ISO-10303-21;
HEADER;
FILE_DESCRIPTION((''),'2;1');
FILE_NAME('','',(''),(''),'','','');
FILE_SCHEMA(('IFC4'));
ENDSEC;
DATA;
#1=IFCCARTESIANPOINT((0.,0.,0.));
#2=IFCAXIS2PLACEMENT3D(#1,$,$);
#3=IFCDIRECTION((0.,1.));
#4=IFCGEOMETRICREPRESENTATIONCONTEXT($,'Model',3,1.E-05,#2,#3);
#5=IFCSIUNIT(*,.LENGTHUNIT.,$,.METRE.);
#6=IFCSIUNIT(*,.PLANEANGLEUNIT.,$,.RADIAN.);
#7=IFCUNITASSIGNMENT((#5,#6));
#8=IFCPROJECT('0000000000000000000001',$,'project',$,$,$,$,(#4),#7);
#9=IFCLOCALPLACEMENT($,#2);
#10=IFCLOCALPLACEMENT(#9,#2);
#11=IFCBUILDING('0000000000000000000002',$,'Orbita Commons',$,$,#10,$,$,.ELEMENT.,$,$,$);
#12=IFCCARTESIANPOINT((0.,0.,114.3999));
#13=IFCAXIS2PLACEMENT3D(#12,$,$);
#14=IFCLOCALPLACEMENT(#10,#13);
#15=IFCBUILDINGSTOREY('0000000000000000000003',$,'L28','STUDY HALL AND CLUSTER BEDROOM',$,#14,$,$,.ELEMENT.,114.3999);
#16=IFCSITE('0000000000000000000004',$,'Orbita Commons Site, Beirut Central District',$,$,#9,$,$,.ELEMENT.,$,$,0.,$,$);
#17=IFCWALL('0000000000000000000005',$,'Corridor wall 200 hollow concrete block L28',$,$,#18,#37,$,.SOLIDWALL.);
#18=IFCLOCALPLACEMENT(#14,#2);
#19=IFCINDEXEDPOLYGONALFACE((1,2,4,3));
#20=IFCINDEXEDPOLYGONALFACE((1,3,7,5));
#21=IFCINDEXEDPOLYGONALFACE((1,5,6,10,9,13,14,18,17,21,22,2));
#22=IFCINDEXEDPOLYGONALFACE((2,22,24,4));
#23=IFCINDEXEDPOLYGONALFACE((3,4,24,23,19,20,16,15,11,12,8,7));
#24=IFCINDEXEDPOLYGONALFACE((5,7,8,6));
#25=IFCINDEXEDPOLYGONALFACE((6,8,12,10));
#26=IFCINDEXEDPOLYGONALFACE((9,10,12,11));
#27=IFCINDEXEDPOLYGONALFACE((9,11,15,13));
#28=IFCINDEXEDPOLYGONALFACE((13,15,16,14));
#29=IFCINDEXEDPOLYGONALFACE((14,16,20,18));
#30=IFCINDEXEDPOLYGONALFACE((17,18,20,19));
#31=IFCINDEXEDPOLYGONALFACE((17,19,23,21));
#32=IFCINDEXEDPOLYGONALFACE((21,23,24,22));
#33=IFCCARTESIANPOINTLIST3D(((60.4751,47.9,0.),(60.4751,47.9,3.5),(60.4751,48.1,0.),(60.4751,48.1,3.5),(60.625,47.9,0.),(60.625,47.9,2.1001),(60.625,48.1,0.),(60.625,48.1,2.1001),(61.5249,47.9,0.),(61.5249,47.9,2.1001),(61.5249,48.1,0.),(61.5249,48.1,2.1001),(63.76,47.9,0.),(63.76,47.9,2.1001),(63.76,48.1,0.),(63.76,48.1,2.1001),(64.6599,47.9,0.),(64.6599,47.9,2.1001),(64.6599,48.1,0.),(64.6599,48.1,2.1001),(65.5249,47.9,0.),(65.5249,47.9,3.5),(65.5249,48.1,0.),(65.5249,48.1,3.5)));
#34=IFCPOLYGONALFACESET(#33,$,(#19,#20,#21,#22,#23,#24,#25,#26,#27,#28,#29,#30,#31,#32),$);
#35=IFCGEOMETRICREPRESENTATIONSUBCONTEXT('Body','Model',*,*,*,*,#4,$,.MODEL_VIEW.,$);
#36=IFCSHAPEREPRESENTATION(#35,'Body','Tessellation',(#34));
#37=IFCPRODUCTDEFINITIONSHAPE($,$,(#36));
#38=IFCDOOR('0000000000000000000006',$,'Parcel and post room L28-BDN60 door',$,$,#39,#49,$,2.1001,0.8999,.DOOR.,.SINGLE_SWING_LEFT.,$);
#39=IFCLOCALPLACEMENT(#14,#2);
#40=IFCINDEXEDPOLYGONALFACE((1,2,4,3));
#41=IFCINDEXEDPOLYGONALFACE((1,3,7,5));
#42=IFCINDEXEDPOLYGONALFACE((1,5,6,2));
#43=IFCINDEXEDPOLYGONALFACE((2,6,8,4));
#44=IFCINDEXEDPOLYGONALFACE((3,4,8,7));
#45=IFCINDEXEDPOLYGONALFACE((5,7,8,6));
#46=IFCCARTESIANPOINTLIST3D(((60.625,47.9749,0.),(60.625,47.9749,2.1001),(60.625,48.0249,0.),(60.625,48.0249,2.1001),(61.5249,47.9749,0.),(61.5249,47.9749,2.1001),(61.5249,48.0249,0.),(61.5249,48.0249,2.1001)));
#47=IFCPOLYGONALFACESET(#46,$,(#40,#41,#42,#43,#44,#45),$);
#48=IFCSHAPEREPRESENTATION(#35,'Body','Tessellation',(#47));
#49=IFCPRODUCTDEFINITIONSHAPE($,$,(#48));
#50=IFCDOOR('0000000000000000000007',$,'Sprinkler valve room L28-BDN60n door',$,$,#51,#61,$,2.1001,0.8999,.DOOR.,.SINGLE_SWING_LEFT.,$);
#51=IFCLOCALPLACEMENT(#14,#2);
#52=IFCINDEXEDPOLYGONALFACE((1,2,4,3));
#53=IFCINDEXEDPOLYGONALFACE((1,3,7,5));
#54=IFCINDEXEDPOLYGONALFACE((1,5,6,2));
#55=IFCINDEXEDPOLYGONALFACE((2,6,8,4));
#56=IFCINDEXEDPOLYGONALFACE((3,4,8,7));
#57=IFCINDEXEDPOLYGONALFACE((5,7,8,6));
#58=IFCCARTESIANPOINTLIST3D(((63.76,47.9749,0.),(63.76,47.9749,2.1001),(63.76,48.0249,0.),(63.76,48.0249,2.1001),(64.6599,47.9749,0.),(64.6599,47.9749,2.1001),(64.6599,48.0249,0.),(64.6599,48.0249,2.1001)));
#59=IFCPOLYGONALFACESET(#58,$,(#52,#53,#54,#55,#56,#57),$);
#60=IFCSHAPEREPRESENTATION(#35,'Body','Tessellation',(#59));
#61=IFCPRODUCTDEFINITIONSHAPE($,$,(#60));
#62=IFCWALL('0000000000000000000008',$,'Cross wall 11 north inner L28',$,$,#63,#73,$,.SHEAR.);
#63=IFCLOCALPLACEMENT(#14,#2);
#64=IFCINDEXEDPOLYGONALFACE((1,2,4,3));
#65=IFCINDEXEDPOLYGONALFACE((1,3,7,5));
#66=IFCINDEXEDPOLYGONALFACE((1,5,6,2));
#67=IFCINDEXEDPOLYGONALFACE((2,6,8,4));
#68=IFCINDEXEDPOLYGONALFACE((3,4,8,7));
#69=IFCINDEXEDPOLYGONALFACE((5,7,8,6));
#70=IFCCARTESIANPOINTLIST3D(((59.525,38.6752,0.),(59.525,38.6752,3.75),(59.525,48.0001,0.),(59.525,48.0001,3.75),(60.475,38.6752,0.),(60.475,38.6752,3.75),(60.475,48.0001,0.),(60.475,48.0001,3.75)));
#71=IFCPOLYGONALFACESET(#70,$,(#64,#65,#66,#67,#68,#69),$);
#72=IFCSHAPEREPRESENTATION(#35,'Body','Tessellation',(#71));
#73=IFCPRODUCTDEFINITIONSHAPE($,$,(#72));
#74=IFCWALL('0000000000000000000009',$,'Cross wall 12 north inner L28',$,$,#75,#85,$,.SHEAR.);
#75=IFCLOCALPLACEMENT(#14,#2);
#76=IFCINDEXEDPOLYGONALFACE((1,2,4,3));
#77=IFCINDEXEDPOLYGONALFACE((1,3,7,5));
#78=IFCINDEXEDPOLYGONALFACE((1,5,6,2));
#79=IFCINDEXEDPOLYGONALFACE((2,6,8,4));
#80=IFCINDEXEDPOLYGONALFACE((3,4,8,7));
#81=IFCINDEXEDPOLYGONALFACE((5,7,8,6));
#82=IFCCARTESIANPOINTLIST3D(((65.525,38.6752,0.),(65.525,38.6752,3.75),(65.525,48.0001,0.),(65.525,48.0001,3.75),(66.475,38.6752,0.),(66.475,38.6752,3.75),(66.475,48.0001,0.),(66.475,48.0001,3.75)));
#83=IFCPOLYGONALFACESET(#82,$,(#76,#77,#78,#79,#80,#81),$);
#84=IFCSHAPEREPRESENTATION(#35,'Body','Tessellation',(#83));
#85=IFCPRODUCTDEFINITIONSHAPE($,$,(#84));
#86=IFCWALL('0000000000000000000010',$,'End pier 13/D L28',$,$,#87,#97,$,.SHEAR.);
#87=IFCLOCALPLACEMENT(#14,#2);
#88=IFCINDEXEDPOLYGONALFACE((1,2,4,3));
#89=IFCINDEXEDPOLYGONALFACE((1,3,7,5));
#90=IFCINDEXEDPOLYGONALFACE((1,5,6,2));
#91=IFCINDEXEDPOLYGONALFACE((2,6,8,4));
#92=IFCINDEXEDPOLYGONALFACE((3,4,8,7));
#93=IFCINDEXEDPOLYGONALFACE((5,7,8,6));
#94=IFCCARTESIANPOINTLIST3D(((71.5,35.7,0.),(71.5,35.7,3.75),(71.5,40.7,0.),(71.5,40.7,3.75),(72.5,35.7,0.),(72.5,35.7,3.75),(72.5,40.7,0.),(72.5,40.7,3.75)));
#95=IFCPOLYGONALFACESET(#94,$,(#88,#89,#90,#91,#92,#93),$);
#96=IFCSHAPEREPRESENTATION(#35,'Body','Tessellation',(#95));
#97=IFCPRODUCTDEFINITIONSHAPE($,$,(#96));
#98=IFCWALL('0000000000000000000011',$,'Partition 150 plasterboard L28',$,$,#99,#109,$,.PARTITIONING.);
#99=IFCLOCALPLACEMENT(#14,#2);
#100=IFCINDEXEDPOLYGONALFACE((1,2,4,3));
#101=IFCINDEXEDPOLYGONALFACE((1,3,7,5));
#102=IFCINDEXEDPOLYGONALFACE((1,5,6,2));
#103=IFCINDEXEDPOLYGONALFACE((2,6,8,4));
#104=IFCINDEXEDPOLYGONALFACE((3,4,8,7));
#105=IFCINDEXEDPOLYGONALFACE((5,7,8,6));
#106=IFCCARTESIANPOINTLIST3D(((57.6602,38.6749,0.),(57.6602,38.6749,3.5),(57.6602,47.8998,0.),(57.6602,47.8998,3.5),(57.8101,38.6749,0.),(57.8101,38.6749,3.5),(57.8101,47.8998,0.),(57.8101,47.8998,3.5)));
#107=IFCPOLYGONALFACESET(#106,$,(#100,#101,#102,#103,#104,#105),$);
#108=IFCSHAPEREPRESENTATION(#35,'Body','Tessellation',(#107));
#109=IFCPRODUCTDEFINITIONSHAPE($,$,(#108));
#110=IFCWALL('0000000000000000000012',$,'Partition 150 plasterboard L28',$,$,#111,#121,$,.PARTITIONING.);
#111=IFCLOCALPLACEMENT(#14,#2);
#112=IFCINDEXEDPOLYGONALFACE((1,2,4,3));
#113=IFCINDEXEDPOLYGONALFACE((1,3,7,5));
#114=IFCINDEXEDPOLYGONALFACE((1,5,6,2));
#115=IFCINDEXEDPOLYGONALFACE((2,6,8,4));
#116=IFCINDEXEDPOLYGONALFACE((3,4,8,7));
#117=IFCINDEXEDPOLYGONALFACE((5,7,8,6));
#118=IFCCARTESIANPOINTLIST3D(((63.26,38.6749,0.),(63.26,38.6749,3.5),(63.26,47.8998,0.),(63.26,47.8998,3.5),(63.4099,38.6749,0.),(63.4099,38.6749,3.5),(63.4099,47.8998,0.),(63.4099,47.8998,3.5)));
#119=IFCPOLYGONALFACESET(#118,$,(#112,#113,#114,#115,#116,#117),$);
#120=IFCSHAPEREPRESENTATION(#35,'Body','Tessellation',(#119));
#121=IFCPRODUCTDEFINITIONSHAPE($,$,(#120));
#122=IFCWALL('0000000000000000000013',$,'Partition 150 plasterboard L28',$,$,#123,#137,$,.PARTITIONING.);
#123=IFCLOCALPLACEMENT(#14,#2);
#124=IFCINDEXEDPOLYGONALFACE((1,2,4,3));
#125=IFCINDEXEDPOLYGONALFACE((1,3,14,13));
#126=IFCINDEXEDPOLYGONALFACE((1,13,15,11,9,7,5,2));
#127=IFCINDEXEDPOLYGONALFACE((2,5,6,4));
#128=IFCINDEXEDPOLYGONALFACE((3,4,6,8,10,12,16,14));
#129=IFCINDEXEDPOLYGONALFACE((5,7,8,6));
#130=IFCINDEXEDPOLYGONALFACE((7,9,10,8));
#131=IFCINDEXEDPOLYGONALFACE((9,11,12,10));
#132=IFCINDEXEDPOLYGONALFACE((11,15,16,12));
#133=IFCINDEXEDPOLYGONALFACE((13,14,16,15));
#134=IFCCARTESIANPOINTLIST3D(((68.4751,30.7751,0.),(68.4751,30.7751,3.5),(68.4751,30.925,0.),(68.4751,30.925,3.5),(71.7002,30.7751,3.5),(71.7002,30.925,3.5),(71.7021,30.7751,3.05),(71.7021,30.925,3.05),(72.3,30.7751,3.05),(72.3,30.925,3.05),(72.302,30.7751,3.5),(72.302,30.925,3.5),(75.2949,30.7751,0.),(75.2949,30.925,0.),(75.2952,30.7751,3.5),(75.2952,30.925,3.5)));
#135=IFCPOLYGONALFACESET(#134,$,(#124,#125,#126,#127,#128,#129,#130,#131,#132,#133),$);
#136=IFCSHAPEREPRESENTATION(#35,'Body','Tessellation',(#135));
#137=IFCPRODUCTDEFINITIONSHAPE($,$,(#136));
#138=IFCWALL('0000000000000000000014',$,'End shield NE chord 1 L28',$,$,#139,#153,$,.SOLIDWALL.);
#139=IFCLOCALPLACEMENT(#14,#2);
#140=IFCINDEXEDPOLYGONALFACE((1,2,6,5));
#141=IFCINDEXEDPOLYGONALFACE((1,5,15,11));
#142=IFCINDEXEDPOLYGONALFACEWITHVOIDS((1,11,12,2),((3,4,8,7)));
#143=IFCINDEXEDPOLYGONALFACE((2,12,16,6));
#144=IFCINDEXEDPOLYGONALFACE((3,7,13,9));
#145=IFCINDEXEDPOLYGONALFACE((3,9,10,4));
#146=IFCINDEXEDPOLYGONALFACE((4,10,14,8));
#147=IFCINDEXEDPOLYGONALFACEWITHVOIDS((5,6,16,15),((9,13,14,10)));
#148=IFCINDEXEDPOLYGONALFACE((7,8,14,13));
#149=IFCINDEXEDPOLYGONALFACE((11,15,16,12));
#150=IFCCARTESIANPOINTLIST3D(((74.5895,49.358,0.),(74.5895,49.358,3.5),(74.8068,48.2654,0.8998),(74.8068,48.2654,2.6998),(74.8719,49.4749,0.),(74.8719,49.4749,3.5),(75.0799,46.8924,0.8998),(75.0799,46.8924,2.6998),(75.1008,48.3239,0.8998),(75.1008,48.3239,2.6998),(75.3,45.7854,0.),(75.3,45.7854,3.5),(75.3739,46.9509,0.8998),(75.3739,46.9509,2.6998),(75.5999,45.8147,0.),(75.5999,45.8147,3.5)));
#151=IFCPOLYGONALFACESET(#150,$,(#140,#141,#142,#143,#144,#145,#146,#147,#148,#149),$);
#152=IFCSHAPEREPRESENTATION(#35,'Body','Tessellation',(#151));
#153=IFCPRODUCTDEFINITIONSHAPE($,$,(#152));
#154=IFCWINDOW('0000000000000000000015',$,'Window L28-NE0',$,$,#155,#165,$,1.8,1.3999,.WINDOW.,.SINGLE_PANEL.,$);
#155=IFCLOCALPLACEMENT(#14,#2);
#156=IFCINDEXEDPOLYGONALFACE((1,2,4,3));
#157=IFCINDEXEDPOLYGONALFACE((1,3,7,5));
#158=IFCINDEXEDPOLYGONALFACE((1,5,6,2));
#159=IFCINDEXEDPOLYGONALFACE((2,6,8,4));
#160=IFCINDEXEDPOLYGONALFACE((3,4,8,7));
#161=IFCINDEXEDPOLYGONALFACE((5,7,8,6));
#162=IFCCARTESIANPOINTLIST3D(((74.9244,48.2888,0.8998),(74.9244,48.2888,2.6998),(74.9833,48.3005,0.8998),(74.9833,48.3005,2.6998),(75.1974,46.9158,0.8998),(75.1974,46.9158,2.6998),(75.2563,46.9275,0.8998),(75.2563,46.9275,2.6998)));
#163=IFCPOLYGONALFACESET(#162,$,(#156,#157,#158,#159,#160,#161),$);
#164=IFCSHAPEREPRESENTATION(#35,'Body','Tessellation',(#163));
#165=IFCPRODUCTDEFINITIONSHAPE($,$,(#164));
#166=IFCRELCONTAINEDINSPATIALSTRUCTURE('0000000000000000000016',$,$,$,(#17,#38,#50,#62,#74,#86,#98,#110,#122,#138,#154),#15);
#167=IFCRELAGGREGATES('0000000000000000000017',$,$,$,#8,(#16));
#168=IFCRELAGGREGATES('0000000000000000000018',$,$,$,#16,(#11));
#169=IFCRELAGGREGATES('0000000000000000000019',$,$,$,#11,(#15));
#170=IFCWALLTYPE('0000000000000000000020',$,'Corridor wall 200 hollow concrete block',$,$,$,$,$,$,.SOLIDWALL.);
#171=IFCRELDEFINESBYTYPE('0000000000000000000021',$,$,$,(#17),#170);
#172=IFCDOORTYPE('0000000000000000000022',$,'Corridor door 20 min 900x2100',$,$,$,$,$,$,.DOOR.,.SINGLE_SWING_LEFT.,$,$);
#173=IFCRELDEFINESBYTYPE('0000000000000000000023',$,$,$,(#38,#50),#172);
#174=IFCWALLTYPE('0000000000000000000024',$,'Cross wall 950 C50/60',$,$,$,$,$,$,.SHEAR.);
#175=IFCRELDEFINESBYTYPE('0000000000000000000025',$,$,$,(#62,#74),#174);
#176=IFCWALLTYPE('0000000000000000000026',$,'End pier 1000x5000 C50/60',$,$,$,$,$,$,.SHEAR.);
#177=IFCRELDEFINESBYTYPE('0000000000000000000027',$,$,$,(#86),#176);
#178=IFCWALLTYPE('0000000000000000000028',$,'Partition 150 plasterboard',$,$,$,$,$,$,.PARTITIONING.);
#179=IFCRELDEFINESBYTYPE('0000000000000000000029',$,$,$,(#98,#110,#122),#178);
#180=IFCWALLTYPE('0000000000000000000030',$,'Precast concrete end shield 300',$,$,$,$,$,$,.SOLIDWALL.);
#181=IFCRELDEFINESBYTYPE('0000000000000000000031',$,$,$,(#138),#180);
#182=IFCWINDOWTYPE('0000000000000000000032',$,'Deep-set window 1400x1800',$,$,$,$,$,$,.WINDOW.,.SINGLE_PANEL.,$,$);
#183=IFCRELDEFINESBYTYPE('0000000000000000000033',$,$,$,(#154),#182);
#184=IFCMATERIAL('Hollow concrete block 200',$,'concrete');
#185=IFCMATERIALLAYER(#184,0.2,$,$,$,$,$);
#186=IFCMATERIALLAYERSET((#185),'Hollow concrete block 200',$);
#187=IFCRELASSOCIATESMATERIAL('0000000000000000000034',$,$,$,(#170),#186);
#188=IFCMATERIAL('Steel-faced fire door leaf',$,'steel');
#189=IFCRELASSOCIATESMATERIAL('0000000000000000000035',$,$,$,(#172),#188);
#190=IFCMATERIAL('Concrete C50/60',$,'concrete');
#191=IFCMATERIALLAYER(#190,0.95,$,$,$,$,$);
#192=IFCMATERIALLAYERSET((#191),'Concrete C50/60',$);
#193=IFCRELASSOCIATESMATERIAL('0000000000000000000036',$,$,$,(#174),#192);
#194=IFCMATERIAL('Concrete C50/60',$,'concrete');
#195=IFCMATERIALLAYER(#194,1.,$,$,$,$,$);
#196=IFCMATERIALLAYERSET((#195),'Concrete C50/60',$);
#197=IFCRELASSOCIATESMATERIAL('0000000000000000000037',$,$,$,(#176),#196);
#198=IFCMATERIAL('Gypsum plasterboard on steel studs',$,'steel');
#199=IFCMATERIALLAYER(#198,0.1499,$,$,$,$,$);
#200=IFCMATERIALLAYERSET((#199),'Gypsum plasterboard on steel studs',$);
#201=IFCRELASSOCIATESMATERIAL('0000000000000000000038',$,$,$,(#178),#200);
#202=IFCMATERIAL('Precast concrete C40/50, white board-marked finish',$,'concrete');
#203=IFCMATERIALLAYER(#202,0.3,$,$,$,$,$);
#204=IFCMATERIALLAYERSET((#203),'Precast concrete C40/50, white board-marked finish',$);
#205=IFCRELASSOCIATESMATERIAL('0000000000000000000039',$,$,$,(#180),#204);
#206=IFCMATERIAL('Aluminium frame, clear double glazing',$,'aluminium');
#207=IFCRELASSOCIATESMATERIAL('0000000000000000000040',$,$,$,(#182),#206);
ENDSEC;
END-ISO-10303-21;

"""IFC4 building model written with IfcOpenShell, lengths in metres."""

from ifc_helpers import new_model, si_unit, direction, frame, frame_2d, origin, place, context, subcontext, project, spatial, polyline, rectangle, outline, extrude, material, layer, layer_set, type_object, element, fill, save


model = new_model("IFC4")

# Units and contexts
model_context = context("Model", 3, precision=1e-05, world=origin(), true_north=direction((0.0, 1.0)))
body_context = subcontext(model_context, "Body", "Model", "MODEL_VIEW")
ifc_project = project(units=[si_unit("LENGTHUNIT", "METRE"), si_unit("PLANEANGLEUNIT", "RADIAN")], contexts=[model_context])

# Site, building, storey
site_placement = place(None, origin())
site = spatial("IfcSite", under=ifc_project, at=site_placement, Name="Orbita Commons Site, Beirut Central District", CompositionType="ELEMENT", RefElevation=0.0)
building_placement = place(site_placement, origin())
building = spatial("IfcBuilding", under=site, at=building_placement, Name="Orbita Commons", CompositionType="ELEMENT")
storey_placement = place(building_placement, frame((0.0, 0.0, 114.3999)))
storey = spatial("IfcBuildingStorey", under=building, at=storey_placement, Name="L28", Description="STUDY HALL AND CLUSTER BEDROOM", CompositionType="ELEMENT", Elevation=114.3999)

# Wall, openings, doors
ifc_material_1 = material(Name="Hollow concrete block 200", Category="concrete")
ifc_layer_1 = layer(ifc_material_1, 0.2)
ifc_layer_set_1 = layer_set([ifc_layer_1], Name="Hollow concrete block 200")
wall_type_1 = type_object("IfcWallType", Name="Corridor wall 200 hollow concrete block", PredefinedType="SOLIDWALL", material=ifc_layer_set_1)
ifc_material_2 = material(Name="Steel-faced fire door leaf", Category="steel")
door_type_1 = type_object("IfcDoorType", Name="Corridor door 20 min 900x2100", OperationType="SINGLE_SWING_LEFT", PredefinedType="DOOR", material=ifc_material_2)
wall_1_placement = place(storey_placement, frame((60.4751, 48.0, 0.0), z_axis=(0.0, 0.0, 1.0), x_axis=(1.0, 0.0, 0.0)))
wall_1 = element("IfcWall", 1, at=wall_1_placement, inside=storey, type_object=wall_type_1, Name="Corridor wall 200 hollow concrete block L28", PredefinedType="SOLIDWALL", context=body_context, shape_type="SweptSolid", body=[
    extrude(rectangle(XDim=5.0498, YDim=0.2, at=frame_2d((2.5249, 0.0))), origin(), (0.0, 0.0, 1.0), 3.5),
])
opening_1_placement = place(wall_1_placement, frame((0.1499, 0.0, 0.0)))
opening_1 = element("IfcOpeningElement", 2, at=opening_1_placement, cuts=wall_1, PredefinedType="OPENING", context=body_context, shape_type="SweptSolid", body=[
    extrude(rectangle(XDim=0.8999, YDim=2.1001, at=frame_2d((0.45, 1.05))), frame((0.0, 0.1099, 0.0), z_axis=(0.0, -1.0, 0.0), x_axis=(1.0, 0.0, 0.0)), (0.0, 0.0, 1.0), 0.22),
])
opening_2_placement = place(wall_1_placement, frame((3.2849, 0.0, 0.0)))
opening_2 = element("IfcOpeningElement", 3, at=opening_2_placement, cuts=wall_1, PredefinedType="OPENING", context=body_context, shape_type="SweptSolid", body=[
    extrude(rectangle(XDim=0.8999, YDim=2.1001, at=frame_2d((0.45, 1.05))), frame((0.0, 0.1099, 0.0), z_axis=(0.0, -1.0, 0.0), x_axis=(1.0, 0.0, 0.0)), (0.0, 0.0, 1.0), 0.22),
])
door_1_placement = place(opening_1_placement, origin())
door_1 = element("IfcDoor", 4, at=door_1_placement, inside=storey, type_object=door_type_1, Name="Parcel and post room L28-BDN60 door", OperationType="SINGLE_SWING_LEFT", OverallHeight=2.1001, OverallWidth=0.8999, PredefinedType="DOOR", context=body_context, shape_type="SweptSolid", body=[
    extrude(rectangle(XDim=0.8999, YDim=2.1001, at=frame_2d((0.45, 1.05))), frame((0.0, 0.0249, 0.0), z_axis=(0.0, -1.0, 0.0), x_axis=(1.0, 0.0, 0.0)), (0.0, 0.0, 1.0), 0.05),
])
fill(opening_1, door_1)
door_2_placement = place(opening_2_placement, origin())
door_2 = element("IfcDoor", 5, at=door_2_placement, inside=storey, type_object=door_type_1, Name="Sprinkler valve room L28-BDN60n door", OperationType="SINGLE_SWING_LEFT", OverallHeight=2.1001, OverallWidth=0.8999, PredefinedType="DOOR", context=body_context, shape_type="SweptSolid", body=[
    extrude(rectangle(XDim=0.8999, YDim=2.1001, at=frame_2d((0.45, 1.05))), frame((0.0, 0.0249, 0.0), z_axis=(0.0, -1.0, 0.0), x_axis=(1.0, 0.0, 0.0)), (0.0, 0.0, 1.0), 0.05),
])
fill(opening_2, door_2)

# Walls
ifc_material_3 = material(Name="Concrete C50/60", Category="concrete")
ifc_layer_2 = layer(ifc_material_3, 0.95)
ifc_layer_set_2 = layer_set([ifc_layer_2], Name="Concrete C50/60")
wall_type_2 = type_object("IfcWallType", Name="Cross wall 950 C50/60", PredefinedType="SHEAR", material=ifc_layer_set_2)
for number, where, z_axis, x_axis, name in (
    (6, (60.0, 38.675, 0.0), (0.0, 0.0, 1.0), (0.0, 1.0, 0.0), "Cross wall 11 north inner L28"),
    (7, (66.0, 38.675, 0.0), (0.0, 0.0, 1.0), (0.0, 1.0, 0.0), "Cross wall 12 north inner L28"),
):
    element("IfcWall", number, at=place(storey_placement, frame(where, z_axis=z_axis, x_axis=x_axis)), inside=storey, type_object=wall_type_2, Name=name, PredefinedType="SHEAR", context=body_context, shape_type="SweptSolid", body=[
        extrude(rectangle(XDim=9.325, YDim=0.95, at=frame_2d((4.6626, 0.0))), origin(), (0.0, 0.0, 1.0), 3.75),
    ])
ifc_material_4 = material(Name="Concrete C50/60", Category="concrete")
ifc_layer_3 = layer(ifc_material_4, 1.0)
ifc_layer_set_3 = layer_set([ifc_layer_3], Name="Concrete C50/60")
wall_type_3 = type_object("IfcWallType", Name="End pier 1000x5000 C50/60", PredefinedType="SHEAR", material=ifc_layer_set_3)
wall_2_placement = place(storey_placement, frame((72.0, 35.7, 0.0), z_axis=(0.0, 0.0, 1.0), x_axis=(0.0, 1.0, 0.0)))
element("IfcWall", 8, at=wall_2_placement, inside=storey, type_object=wall_type_3, Name="End pier 13/D L28", PredefinedType="SHEAR", context=body_context, shape_type="SweptSolid", body=[
    extrude(rectangle(XDim=5.0, YDim=1.0, at=frame_2d((2.5, 0.0))), origin(), (0.0, 0.0, 1.0), 3.75),
])
ifc_material_5 = material(Name="Gypsum plasterboard on steel studs", Category="steel")
ifc_layer_4 = layer(ifc_material_5, 0.1499)
ifc_layer_set_4 = layer_set([ifc_layer_4], Name="Gypsum plasterboard on steel studs")
wall_type_4 = type_object("IfcWallType", Name="Partition 150 plasterboard", PredefinedType="PARTITIONING", material=ifc_layer_set_4)
for number, where, z_axis, x_axis, name in (
    (9, (57.7351, 38.675, 0.0), (0.0, 0.0, 1.0), (0.0, 1.0, 0.0), "Partition 150 plasterboard L28"),
    (10, (63.335, 38.675, 0.0), (0.0, 0.0, 1.0), (0.0, 1.0, 0.0), "Partition 150 plasterboard L28"),
):
    element("IfcWall", number, at=place(storey_placement, frame(where, z_axis=z_axis, x_axis=x_axis)), inside=storey, type_object=wall_type_4, Name=name, PredefinedType="PARTITIONING", context=body_context, shape_type="SweptSolid", body=[
        extrude(rectangle(XDim=9.2249, YDim=0.1499, at=frame_2d((4.6123, 0.0))), origin(), (0.0, 0.0, 1.0), 3.5),
    ])
wall_3_placement = place(storey_placement, frame((68.4751, 30.8501, 0.0), z_axis=(0.0, 0.0, 1.0), x_axis=(1.0, 0.0, 0.0)))
element("IfcWall", 11, at=wall_3_placement, inside=storey, type_object=wall_type_4, Name="Partition 150 plasterboard L28", PredefinedType="PARTITIONING", context=body_context, shape_type="SweptSolid", body=[
    extrude(outline(polyline([(0.0, 0.0), (6.8198, 0.0), (6.8201, 3.5), (3.8269, 3.5), (3.825, 3.05), (3.2271, 3.05), (3.2251, 3.5), (0.0, 3.5), (0.0, 0.0)])), frame((0.0, 0.075, 0.0), z_axis=(0.0, -1.0, 0.0), x_axis=(1.0, 0.0, 0.0)), (0.0, 0.0, 1.0), 0.1499),
])

# Wall, opening, window
ifc_material_6 = material(Name="Precast concrete C40/50, white board-marked finish", Category="concrete")
ifc_layer_5 = layer(ifc_material_6, 0.3)
ifc_layer_set_5 = layer_set([ifc_layer_5], Name="Precast concrete C40/50, white board-marked finish")
wall_type_5 = type_object("IfcWallType", Name="Precast concrete end shield 300", PredefinedType="SOLIDWALL", material=ifc_layer_set_5)
wall_4_placement = place(storey_placement, frame((75.45, 45.8, 0.0), z_axis=(0.0, 0.0, 1.0), x_axis=(-0.195059, 0.980791, 0.0)))
wall_4 = element("IfcWall", 12, at=wall_4_placement, inside=storey, type_object=wall_type_5, Name="End shield NE chord 1 L28", PredefinedType="SOLIDWALL", context=body_context, shape_type="SweptSolid", body=[
    extrude(outline(polyline([(-0.0149, -0.1499), (3.717, -0.1499), (3.6575, 0.1499), (0.0149, 0.1499), (-0.0149, -0.1499)])), origin(), (0.0, 0.0, 1.0), 3.5),
])
opening_3_placement = place(wall_4_placement, frame((1.1436, 0.0, 0.8999)))
opening_3 = element("IfcOpeningElement", 13, at=opening_3_placement, cuts=wall_4, PredefinedType="OPENING", context=body_context, shape_type="SweptSolid", body=[
    extrude(rectangle(XDim=1.3999, YDim=1.8, at=frame_2d((0.7, 0.8999))), frame((0.0, 0.1599, 0.0), z_axis=(0.0, -1.0, 0.0), x_axis=(1.0, 0.0, 0.0)), (0.0, 0.0, 1.0), 0.3201),
])
ifc_material_7 = material(Name="Aluminium frame, clear double glazing", Category="aluminium")
window_type = type_object("IfcWindowType", Name="Deep-set window 1400x1800", PartitioningType="SINGLE_PANEL", PredefinedType="WINDOW", material=ifc_material_7)
window_placement = place(opening_3_placement, origin())
window = element("IfcWindow", 14, at=window_placement, inside=storey, type_object=window_type, Name="Window L28-NE0", OverallHeight=1.8, OverallWidth=1.3999, PartitioningType="SINGLE_PANEL", PredefinedType="WINDOW", context=body_context, shape_type="SweptSolid", body=[
    extrude(rectangle(XDim=1.3999, YDim=1.8, at=frame_2d((0.7, 0.8999))), frame((0.0, 0.03, 0.0), z_axis=(0.0, -1.0, 0.0), x_axis=(1.0, 0.0, 0.0)), (0.0, 0.0, 1.0), 0.0601),
])
fill(opening_3, window)

save(model, "model.ifc")
